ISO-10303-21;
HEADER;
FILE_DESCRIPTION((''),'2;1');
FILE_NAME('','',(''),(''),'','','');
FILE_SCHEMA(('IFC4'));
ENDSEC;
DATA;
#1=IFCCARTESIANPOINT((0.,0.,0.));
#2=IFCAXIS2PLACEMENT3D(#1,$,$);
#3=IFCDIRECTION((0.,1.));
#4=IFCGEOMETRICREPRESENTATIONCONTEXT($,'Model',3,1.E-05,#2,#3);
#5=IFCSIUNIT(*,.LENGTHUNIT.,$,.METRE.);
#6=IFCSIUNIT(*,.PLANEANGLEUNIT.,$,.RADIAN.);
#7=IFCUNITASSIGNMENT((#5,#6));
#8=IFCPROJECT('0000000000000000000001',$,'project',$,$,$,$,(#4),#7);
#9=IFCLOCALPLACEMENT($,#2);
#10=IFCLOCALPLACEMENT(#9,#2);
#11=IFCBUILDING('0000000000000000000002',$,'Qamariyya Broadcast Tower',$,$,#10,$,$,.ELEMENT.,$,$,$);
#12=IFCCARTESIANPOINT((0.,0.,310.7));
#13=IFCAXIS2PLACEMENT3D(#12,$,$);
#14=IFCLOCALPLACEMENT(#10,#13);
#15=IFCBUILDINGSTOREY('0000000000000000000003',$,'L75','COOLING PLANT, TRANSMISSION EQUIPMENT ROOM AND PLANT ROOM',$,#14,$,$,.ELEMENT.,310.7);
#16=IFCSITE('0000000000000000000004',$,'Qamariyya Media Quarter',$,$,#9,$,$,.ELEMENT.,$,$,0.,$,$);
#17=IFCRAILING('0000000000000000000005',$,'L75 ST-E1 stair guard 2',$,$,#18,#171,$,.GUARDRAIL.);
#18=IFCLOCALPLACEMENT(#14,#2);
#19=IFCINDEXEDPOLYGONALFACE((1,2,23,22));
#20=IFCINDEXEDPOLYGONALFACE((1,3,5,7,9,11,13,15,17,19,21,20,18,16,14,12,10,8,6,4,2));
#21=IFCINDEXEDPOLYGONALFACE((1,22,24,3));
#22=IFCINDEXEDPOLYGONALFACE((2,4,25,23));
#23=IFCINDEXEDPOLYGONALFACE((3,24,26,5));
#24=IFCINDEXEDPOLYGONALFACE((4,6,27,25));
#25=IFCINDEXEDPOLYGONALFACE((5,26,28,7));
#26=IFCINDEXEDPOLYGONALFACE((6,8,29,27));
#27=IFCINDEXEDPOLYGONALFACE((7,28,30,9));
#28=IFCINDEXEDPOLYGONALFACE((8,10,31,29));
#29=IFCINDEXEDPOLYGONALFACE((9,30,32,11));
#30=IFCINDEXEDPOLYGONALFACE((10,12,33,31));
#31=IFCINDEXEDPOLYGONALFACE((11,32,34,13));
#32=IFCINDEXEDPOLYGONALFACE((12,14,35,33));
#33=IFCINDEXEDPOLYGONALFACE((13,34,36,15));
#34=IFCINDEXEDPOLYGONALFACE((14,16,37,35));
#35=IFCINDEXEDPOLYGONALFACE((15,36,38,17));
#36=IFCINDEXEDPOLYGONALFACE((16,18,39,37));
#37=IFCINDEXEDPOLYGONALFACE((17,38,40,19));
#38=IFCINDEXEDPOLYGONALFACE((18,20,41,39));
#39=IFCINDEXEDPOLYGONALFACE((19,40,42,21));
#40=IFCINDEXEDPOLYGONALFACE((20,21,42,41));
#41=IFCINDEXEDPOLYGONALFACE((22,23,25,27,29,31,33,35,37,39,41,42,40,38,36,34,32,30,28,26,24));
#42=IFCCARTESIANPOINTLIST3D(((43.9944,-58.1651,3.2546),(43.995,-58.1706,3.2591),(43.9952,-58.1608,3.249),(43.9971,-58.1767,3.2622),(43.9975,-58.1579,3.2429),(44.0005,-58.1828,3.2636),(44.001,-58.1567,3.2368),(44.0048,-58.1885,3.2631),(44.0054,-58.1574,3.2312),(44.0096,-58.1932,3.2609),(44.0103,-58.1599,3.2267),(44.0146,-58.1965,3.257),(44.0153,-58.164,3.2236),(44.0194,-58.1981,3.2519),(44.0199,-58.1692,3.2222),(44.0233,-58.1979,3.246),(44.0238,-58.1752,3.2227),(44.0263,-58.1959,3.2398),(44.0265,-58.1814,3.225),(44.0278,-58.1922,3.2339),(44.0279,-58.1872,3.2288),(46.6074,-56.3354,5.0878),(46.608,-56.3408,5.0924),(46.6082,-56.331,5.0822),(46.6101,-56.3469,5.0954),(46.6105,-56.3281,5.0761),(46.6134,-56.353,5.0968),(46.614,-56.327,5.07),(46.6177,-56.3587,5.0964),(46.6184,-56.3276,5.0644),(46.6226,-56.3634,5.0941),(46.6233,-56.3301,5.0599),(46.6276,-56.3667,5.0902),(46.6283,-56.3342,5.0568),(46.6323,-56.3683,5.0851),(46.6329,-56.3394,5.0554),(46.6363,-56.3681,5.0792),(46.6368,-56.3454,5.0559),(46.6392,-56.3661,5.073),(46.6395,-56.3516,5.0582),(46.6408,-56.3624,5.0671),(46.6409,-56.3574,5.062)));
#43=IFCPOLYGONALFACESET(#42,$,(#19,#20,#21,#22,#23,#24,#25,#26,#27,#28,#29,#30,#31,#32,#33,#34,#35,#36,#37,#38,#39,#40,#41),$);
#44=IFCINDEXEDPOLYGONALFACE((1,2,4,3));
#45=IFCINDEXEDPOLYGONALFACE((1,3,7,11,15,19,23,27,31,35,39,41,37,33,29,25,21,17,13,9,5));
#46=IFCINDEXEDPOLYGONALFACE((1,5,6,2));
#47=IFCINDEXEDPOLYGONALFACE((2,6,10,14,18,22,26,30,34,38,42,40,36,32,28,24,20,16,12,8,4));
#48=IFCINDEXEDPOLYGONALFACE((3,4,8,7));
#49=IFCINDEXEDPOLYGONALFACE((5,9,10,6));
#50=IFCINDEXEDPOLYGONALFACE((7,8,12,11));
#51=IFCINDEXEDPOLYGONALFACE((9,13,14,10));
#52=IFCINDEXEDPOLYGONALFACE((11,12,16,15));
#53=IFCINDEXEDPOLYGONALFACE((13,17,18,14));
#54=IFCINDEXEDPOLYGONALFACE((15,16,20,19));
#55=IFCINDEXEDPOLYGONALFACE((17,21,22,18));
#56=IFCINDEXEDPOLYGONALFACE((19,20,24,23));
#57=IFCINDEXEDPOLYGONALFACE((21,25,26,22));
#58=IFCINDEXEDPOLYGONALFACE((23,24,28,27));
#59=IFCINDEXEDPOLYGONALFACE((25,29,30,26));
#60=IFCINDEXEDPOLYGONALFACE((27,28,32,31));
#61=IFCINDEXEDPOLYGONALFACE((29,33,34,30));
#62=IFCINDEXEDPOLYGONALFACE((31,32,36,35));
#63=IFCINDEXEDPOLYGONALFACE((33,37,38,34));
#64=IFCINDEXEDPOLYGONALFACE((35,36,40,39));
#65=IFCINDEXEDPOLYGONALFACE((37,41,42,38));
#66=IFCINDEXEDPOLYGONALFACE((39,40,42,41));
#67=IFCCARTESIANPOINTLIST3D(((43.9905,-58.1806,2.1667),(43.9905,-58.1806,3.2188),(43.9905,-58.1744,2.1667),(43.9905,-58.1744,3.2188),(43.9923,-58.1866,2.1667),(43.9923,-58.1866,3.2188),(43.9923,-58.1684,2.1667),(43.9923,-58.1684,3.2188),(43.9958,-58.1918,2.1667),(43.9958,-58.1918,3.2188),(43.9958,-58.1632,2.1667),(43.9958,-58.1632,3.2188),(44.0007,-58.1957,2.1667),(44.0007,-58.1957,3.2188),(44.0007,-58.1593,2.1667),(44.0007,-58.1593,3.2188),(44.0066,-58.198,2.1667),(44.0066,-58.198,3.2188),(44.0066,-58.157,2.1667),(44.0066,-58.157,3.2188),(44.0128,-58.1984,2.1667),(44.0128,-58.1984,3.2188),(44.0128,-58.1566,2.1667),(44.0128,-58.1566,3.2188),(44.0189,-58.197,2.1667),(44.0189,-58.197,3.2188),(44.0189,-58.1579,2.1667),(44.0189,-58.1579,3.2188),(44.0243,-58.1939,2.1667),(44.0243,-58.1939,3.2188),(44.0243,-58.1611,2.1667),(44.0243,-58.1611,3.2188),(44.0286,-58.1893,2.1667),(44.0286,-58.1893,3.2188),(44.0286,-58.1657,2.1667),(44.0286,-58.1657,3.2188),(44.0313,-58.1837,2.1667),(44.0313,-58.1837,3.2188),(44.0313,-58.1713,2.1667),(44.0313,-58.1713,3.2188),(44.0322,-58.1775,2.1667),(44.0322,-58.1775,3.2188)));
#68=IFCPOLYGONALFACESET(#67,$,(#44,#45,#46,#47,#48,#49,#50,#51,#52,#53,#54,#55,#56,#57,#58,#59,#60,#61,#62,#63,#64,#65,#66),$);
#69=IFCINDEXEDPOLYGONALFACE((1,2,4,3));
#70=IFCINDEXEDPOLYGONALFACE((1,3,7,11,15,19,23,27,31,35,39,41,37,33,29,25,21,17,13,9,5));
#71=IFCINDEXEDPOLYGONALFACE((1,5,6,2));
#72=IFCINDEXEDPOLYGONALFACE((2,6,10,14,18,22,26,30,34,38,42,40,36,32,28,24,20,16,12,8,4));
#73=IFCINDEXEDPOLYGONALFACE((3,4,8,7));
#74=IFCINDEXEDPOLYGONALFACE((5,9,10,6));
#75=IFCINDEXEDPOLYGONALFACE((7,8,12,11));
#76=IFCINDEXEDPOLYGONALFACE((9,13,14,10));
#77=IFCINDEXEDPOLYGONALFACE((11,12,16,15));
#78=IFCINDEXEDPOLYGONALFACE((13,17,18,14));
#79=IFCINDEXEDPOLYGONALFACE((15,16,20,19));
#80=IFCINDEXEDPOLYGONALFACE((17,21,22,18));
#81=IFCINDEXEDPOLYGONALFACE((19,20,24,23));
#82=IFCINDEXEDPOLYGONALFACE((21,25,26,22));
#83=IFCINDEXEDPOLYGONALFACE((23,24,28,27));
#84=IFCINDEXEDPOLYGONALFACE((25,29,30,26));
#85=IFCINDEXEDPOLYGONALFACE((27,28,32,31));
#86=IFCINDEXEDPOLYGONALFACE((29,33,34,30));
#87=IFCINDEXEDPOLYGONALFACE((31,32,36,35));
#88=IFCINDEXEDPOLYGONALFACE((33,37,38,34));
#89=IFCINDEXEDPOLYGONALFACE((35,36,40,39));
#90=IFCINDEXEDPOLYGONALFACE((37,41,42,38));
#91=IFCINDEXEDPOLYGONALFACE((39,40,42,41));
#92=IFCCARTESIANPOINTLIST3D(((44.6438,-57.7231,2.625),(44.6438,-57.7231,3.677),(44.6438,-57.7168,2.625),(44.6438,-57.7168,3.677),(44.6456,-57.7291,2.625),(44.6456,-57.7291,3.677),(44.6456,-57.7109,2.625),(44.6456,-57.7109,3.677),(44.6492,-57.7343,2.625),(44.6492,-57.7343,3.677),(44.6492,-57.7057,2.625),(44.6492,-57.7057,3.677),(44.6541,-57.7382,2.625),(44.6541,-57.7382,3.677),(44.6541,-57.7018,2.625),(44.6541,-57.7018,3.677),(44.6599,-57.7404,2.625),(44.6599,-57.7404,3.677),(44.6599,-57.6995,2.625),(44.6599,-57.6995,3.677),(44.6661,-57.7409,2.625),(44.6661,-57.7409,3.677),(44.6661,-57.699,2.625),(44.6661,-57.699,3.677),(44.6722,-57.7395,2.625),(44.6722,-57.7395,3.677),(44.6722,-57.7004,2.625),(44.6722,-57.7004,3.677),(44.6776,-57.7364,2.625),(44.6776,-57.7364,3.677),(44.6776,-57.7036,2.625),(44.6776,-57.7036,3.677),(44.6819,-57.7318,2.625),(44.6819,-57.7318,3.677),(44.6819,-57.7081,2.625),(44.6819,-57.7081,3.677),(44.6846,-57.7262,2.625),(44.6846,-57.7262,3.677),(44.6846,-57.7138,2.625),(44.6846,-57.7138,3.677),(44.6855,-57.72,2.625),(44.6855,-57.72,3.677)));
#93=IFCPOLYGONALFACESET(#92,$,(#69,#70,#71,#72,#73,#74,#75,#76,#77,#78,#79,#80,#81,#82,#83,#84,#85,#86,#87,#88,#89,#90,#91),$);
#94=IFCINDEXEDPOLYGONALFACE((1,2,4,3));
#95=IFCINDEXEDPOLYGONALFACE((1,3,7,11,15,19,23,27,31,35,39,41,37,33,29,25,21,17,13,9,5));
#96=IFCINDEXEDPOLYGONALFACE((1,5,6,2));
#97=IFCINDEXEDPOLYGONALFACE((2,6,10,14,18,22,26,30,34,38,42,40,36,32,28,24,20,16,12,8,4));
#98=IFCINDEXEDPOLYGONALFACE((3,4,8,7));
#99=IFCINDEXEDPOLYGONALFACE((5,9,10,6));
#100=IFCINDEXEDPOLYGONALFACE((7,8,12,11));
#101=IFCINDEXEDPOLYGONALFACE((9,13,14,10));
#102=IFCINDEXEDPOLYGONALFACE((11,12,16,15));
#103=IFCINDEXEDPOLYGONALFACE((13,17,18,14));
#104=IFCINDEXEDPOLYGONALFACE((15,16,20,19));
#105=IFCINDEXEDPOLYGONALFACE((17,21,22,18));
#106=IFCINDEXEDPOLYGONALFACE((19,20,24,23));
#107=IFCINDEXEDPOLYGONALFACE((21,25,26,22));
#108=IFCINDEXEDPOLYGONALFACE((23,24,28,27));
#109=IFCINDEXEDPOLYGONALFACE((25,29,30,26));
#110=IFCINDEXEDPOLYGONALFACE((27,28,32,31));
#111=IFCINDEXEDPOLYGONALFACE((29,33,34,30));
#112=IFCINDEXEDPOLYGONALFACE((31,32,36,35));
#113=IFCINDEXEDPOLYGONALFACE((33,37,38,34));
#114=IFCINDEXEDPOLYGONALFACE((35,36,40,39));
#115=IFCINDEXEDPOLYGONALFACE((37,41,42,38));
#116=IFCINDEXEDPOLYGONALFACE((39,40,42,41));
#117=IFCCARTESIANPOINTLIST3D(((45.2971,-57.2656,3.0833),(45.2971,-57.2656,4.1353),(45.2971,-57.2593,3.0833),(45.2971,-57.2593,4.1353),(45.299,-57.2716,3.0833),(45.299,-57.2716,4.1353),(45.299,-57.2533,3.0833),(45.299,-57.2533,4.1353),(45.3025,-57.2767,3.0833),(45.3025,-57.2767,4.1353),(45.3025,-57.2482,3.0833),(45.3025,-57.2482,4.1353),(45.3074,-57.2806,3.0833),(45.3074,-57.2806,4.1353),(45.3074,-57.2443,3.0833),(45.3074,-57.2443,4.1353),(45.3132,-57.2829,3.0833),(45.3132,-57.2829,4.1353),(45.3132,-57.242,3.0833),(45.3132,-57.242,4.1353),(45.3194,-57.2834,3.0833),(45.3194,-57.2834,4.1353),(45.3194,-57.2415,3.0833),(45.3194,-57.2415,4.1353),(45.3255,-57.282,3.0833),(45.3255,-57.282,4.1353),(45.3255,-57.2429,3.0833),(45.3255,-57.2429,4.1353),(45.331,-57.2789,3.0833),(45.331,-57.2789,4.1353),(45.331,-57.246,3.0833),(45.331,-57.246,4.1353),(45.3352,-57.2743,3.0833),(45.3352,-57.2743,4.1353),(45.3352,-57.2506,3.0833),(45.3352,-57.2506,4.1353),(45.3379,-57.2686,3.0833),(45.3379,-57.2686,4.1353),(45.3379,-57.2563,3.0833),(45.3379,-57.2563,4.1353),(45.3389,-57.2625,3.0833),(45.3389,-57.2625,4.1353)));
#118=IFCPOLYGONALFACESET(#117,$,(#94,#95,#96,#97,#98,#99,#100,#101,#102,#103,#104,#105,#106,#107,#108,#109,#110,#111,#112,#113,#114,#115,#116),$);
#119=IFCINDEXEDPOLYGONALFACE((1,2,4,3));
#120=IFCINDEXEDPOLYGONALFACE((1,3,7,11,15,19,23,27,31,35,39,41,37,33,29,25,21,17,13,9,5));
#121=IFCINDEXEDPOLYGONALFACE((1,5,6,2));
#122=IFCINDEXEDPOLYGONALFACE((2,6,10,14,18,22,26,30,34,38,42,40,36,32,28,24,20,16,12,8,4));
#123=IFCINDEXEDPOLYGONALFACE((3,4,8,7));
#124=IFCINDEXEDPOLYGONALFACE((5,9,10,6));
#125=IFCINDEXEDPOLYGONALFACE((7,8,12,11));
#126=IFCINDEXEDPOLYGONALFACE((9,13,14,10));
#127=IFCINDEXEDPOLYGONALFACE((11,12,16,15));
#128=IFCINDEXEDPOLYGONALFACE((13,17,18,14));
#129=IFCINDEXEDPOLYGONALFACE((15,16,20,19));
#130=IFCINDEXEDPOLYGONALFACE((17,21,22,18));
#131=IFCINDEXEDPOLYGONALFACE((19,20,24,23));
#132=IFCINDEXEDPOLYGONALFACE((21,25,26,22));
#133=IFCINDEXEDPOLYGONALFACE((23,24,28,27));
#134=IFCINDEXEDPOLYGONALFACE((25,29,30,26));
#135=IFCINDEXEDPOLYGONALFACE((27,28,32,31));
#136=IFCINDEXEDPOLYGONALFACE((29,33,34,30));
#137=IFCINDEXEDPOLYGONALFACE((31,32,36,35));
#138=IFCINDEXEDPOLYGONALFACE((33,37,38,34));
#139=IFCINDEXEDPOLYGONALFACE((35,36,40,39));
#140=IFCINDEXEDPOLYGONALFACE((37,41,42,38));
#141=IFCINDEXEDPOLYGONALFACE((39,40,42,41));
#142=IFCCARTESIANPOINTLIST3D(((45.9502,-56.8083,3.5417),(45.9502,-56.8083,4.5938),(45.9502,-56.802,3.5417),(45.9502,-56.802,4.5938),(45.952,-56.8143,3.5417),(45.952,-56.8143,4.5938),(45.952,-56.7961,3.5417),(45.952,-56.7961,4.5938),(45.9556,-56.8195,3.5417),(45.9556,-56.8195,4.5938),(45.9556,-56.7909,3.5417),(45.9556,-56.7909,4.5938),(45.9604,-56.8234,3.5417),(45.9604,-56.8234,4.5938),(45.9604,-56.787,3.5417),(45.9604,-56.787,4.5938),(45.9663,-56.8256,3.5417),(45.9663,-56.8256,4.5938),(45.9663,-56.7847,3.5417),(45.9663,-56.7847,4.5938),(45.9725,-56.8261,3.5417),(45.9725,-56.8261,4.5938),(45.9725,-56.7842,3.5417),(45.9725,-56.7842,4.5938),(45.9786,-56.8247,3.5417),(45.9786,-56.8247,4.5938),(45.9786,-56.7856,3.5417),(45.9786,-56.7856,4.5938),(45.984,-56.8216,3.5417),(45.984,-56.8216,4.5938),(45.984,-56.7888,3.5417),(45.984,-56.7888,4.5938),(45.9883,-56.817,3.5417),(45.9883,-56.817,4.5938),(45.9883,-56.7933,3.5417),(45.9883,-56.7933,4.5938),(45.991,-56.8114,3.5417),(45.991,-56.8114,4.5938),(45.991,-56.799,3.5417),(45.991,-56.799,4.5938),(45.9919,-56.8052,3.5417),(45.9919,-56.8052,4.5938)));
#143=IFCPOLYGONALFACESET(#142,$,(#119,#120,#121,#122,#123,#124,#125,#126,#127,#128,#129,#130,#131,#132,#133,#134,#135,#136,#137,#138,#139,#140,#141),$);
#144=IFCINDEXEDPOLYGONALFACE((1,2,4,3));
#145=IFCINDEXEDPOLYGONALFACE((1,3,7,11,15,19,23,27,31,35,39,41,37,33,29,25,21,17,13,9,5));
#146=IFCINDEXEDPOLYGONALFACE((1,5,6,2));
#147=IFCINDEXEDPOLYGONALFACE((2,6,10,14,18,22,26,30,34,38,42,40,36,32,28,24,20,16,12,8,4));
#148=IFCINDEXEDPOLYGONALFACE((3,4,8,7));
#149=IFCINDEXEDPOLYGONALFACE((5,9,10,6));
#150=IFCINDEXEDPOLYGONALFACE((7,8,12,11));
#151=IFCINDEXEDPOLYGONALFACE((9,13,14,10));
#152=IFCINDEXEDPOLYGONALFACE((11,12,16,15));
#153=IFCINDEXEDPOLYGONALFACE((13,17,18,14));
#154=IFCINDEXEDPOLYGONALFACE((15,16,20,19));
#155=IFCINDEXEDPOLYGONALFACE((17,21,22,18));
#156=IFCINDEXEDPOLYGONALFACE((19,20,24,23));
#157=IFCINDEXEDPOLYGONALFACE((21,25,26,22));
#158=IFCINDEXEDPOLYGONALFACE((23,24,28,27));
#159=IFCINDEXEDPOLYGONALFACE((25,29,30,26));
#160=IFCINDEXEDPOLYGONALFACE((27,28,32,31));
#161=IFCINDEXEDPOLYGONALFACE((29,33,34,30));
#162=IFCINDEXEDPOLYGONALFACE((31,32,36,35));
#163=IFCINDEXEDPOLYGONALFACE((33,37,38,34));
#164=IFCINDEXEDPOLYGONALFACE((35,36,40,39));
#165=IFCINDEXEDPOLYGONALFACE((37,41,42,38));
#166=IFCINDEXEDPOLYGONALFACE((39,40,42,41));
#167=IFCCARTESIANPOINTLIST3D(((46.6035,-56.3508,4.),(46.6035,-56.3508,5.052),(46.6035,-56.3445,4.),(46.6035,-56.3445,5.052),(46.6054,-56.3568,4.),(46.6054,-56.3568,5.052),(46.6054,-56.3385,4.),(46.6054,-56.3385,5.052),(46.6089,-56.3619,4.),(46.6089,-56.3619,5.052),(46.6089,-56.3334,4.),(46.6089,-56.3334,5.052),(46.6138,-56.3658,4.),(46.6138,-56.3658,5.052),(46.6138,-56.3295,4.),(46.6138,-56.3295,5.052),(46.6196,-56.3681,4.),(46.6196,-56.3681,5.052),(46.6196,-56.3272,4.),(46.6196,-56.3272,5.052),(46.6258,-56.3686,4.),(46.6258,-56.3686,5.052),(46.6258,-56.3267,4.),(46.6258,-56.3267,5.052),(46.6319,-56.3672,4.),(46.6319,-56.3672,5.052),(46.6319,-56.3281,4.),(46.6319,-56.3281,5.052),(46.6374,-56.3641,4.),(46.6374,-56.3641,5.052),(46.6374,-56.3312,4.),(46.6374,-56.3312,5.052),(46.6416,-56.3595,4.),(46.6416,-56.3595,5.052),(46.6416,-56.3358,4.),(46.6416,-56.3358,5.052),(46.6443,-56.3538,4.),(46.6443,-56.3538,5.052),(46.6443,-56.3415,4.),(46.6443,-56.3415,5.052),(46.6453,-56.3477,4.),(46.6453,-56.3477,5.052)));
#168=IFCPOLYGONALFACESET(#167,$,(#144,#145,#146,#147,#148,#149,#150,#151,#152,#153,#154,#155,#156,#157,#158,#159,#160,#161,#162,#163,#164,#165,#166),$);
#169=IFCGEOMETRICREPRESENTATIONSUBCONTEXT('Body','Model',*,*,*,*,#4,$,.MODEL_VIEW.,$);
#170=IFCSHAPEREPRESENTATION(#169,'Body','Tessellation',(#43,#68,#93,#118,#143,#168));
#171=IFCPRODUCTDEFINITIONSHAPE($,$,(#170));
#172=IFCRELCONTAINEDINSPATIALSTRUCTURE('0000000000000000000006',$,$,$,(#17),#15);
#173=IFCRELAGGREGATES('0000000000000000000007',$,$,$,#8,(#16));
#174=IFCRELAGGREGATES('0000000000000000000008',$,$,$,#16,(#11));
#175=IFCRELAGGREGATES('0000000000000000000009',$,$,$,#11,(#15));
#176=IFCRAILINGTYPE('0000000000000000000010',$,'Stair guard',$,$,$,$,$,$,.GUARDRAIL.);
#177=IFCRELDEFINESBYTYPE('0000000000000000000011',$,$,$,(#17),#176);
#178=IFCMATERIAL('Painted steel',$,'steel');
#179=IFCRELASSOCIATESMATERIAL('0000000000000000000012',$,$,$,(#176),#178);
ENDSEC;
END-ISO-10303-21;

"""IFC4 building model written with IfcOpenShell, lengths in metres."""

from ifc_helpers import new_model, si_unit, direction, frame, origin, origin_2d, place, context, subcontext, project, spatial, circle, extrude, material, type_object, element, save


model = new_model("IFC4")

# Units and contexts
model_context = context("Model", 3, precision=1e-05, world=origin(), true_north=direction((0.0, 1.0)))
body_context = subcontext(model_context, "Body", "Model", "MODEL_VIEW")
ifc_project = project(units=[si_unit("LENGTHUNIT", "METRE"), si_unit("PLANEANGLEUNIT", "RADIAN")], contexts=[model_context])

# Site, building, storey
site_placement = place(None, origin())
site = spatial("IfcSite", under=ifc_project, at=site_placement, Name="Qamariyya Media Quarter", CompositionType="ELEMENT", RefElevation=0.0)
building_placement = place(site_placement, origin())
building = spatial("IfcBuilding", under=site, at=building_placement, Name="Qamariyya Broadcast Tower", CompositionType="ELEMENT")
storey_placement = place(building_placement, frame((0.0, 0.0, 310.7)))
storey = spatial("IfcBuildingStorey", under=building, at=storey_placement, Name="L75", Description="COOLING PLANT, TRANSMISSION EQUIPMENT ROOM AND PLANT ROOM", CompositionType="ELEMENT", Elevation=310.7)

# Railing
ifc_material_1 = material(Name="Painted steel", Category="steel")
railing_type_1 = type_object("IfcRailingType", Name="Stair guard", PredefinedType="GUARDRAIL", material=ifc_material_1)
railing_1_placement = place(storey_placement, frame((44.0112, -58.1775, 2.1667)))
element("IfcRailing", 1, at=railing_1_placement, inside=storey, type_object=railing_type_1, Name="L75 ST-E1 stair guard 2", PredefinedType="GUARDRAIL", context=body_context, shape_type="SweptSolid", body=[
    extrude(circle(Radius=0.0239, at=origin_2d()), frame((0.0, 0.0, 1.0762), z_axis=(0.710204, 0.497335, 0.498264), x_axis=(-0.573611, 0.819128, 0.0)), (0.0, 0.0, 1.0), 3.6792),
    extrude(circle(Radius=0.021, at=origin_2d()), origin(), (0.0, 0.0, 1.0), 1.052),
    extrude(circle(Radius=0.021, at=origin_2d()), frame((0.6533, 0.4575, 0.4583)), (0.0, 0.0, 1.0), 1.052),
    extrude(circle(Radius=0.021, at=origin_2d()), frame((1.3066, 0.915, 0.9165)), (0.0, 0.0, 1.0), 1.052),
    extrude(circle(Radius=0.021, at=origin_2d()), frame((1.9597, 1.3723, 1.375)), (0.0, 0.0, 1.0), 1.052),
    extrude(circle(Radius=0.021, at=origin_2d()), frame((2.613, 1.8298, 1.8333)), (0.0, 0.0, 1.0), 1.052),
])

save(model, "model.ifc")
